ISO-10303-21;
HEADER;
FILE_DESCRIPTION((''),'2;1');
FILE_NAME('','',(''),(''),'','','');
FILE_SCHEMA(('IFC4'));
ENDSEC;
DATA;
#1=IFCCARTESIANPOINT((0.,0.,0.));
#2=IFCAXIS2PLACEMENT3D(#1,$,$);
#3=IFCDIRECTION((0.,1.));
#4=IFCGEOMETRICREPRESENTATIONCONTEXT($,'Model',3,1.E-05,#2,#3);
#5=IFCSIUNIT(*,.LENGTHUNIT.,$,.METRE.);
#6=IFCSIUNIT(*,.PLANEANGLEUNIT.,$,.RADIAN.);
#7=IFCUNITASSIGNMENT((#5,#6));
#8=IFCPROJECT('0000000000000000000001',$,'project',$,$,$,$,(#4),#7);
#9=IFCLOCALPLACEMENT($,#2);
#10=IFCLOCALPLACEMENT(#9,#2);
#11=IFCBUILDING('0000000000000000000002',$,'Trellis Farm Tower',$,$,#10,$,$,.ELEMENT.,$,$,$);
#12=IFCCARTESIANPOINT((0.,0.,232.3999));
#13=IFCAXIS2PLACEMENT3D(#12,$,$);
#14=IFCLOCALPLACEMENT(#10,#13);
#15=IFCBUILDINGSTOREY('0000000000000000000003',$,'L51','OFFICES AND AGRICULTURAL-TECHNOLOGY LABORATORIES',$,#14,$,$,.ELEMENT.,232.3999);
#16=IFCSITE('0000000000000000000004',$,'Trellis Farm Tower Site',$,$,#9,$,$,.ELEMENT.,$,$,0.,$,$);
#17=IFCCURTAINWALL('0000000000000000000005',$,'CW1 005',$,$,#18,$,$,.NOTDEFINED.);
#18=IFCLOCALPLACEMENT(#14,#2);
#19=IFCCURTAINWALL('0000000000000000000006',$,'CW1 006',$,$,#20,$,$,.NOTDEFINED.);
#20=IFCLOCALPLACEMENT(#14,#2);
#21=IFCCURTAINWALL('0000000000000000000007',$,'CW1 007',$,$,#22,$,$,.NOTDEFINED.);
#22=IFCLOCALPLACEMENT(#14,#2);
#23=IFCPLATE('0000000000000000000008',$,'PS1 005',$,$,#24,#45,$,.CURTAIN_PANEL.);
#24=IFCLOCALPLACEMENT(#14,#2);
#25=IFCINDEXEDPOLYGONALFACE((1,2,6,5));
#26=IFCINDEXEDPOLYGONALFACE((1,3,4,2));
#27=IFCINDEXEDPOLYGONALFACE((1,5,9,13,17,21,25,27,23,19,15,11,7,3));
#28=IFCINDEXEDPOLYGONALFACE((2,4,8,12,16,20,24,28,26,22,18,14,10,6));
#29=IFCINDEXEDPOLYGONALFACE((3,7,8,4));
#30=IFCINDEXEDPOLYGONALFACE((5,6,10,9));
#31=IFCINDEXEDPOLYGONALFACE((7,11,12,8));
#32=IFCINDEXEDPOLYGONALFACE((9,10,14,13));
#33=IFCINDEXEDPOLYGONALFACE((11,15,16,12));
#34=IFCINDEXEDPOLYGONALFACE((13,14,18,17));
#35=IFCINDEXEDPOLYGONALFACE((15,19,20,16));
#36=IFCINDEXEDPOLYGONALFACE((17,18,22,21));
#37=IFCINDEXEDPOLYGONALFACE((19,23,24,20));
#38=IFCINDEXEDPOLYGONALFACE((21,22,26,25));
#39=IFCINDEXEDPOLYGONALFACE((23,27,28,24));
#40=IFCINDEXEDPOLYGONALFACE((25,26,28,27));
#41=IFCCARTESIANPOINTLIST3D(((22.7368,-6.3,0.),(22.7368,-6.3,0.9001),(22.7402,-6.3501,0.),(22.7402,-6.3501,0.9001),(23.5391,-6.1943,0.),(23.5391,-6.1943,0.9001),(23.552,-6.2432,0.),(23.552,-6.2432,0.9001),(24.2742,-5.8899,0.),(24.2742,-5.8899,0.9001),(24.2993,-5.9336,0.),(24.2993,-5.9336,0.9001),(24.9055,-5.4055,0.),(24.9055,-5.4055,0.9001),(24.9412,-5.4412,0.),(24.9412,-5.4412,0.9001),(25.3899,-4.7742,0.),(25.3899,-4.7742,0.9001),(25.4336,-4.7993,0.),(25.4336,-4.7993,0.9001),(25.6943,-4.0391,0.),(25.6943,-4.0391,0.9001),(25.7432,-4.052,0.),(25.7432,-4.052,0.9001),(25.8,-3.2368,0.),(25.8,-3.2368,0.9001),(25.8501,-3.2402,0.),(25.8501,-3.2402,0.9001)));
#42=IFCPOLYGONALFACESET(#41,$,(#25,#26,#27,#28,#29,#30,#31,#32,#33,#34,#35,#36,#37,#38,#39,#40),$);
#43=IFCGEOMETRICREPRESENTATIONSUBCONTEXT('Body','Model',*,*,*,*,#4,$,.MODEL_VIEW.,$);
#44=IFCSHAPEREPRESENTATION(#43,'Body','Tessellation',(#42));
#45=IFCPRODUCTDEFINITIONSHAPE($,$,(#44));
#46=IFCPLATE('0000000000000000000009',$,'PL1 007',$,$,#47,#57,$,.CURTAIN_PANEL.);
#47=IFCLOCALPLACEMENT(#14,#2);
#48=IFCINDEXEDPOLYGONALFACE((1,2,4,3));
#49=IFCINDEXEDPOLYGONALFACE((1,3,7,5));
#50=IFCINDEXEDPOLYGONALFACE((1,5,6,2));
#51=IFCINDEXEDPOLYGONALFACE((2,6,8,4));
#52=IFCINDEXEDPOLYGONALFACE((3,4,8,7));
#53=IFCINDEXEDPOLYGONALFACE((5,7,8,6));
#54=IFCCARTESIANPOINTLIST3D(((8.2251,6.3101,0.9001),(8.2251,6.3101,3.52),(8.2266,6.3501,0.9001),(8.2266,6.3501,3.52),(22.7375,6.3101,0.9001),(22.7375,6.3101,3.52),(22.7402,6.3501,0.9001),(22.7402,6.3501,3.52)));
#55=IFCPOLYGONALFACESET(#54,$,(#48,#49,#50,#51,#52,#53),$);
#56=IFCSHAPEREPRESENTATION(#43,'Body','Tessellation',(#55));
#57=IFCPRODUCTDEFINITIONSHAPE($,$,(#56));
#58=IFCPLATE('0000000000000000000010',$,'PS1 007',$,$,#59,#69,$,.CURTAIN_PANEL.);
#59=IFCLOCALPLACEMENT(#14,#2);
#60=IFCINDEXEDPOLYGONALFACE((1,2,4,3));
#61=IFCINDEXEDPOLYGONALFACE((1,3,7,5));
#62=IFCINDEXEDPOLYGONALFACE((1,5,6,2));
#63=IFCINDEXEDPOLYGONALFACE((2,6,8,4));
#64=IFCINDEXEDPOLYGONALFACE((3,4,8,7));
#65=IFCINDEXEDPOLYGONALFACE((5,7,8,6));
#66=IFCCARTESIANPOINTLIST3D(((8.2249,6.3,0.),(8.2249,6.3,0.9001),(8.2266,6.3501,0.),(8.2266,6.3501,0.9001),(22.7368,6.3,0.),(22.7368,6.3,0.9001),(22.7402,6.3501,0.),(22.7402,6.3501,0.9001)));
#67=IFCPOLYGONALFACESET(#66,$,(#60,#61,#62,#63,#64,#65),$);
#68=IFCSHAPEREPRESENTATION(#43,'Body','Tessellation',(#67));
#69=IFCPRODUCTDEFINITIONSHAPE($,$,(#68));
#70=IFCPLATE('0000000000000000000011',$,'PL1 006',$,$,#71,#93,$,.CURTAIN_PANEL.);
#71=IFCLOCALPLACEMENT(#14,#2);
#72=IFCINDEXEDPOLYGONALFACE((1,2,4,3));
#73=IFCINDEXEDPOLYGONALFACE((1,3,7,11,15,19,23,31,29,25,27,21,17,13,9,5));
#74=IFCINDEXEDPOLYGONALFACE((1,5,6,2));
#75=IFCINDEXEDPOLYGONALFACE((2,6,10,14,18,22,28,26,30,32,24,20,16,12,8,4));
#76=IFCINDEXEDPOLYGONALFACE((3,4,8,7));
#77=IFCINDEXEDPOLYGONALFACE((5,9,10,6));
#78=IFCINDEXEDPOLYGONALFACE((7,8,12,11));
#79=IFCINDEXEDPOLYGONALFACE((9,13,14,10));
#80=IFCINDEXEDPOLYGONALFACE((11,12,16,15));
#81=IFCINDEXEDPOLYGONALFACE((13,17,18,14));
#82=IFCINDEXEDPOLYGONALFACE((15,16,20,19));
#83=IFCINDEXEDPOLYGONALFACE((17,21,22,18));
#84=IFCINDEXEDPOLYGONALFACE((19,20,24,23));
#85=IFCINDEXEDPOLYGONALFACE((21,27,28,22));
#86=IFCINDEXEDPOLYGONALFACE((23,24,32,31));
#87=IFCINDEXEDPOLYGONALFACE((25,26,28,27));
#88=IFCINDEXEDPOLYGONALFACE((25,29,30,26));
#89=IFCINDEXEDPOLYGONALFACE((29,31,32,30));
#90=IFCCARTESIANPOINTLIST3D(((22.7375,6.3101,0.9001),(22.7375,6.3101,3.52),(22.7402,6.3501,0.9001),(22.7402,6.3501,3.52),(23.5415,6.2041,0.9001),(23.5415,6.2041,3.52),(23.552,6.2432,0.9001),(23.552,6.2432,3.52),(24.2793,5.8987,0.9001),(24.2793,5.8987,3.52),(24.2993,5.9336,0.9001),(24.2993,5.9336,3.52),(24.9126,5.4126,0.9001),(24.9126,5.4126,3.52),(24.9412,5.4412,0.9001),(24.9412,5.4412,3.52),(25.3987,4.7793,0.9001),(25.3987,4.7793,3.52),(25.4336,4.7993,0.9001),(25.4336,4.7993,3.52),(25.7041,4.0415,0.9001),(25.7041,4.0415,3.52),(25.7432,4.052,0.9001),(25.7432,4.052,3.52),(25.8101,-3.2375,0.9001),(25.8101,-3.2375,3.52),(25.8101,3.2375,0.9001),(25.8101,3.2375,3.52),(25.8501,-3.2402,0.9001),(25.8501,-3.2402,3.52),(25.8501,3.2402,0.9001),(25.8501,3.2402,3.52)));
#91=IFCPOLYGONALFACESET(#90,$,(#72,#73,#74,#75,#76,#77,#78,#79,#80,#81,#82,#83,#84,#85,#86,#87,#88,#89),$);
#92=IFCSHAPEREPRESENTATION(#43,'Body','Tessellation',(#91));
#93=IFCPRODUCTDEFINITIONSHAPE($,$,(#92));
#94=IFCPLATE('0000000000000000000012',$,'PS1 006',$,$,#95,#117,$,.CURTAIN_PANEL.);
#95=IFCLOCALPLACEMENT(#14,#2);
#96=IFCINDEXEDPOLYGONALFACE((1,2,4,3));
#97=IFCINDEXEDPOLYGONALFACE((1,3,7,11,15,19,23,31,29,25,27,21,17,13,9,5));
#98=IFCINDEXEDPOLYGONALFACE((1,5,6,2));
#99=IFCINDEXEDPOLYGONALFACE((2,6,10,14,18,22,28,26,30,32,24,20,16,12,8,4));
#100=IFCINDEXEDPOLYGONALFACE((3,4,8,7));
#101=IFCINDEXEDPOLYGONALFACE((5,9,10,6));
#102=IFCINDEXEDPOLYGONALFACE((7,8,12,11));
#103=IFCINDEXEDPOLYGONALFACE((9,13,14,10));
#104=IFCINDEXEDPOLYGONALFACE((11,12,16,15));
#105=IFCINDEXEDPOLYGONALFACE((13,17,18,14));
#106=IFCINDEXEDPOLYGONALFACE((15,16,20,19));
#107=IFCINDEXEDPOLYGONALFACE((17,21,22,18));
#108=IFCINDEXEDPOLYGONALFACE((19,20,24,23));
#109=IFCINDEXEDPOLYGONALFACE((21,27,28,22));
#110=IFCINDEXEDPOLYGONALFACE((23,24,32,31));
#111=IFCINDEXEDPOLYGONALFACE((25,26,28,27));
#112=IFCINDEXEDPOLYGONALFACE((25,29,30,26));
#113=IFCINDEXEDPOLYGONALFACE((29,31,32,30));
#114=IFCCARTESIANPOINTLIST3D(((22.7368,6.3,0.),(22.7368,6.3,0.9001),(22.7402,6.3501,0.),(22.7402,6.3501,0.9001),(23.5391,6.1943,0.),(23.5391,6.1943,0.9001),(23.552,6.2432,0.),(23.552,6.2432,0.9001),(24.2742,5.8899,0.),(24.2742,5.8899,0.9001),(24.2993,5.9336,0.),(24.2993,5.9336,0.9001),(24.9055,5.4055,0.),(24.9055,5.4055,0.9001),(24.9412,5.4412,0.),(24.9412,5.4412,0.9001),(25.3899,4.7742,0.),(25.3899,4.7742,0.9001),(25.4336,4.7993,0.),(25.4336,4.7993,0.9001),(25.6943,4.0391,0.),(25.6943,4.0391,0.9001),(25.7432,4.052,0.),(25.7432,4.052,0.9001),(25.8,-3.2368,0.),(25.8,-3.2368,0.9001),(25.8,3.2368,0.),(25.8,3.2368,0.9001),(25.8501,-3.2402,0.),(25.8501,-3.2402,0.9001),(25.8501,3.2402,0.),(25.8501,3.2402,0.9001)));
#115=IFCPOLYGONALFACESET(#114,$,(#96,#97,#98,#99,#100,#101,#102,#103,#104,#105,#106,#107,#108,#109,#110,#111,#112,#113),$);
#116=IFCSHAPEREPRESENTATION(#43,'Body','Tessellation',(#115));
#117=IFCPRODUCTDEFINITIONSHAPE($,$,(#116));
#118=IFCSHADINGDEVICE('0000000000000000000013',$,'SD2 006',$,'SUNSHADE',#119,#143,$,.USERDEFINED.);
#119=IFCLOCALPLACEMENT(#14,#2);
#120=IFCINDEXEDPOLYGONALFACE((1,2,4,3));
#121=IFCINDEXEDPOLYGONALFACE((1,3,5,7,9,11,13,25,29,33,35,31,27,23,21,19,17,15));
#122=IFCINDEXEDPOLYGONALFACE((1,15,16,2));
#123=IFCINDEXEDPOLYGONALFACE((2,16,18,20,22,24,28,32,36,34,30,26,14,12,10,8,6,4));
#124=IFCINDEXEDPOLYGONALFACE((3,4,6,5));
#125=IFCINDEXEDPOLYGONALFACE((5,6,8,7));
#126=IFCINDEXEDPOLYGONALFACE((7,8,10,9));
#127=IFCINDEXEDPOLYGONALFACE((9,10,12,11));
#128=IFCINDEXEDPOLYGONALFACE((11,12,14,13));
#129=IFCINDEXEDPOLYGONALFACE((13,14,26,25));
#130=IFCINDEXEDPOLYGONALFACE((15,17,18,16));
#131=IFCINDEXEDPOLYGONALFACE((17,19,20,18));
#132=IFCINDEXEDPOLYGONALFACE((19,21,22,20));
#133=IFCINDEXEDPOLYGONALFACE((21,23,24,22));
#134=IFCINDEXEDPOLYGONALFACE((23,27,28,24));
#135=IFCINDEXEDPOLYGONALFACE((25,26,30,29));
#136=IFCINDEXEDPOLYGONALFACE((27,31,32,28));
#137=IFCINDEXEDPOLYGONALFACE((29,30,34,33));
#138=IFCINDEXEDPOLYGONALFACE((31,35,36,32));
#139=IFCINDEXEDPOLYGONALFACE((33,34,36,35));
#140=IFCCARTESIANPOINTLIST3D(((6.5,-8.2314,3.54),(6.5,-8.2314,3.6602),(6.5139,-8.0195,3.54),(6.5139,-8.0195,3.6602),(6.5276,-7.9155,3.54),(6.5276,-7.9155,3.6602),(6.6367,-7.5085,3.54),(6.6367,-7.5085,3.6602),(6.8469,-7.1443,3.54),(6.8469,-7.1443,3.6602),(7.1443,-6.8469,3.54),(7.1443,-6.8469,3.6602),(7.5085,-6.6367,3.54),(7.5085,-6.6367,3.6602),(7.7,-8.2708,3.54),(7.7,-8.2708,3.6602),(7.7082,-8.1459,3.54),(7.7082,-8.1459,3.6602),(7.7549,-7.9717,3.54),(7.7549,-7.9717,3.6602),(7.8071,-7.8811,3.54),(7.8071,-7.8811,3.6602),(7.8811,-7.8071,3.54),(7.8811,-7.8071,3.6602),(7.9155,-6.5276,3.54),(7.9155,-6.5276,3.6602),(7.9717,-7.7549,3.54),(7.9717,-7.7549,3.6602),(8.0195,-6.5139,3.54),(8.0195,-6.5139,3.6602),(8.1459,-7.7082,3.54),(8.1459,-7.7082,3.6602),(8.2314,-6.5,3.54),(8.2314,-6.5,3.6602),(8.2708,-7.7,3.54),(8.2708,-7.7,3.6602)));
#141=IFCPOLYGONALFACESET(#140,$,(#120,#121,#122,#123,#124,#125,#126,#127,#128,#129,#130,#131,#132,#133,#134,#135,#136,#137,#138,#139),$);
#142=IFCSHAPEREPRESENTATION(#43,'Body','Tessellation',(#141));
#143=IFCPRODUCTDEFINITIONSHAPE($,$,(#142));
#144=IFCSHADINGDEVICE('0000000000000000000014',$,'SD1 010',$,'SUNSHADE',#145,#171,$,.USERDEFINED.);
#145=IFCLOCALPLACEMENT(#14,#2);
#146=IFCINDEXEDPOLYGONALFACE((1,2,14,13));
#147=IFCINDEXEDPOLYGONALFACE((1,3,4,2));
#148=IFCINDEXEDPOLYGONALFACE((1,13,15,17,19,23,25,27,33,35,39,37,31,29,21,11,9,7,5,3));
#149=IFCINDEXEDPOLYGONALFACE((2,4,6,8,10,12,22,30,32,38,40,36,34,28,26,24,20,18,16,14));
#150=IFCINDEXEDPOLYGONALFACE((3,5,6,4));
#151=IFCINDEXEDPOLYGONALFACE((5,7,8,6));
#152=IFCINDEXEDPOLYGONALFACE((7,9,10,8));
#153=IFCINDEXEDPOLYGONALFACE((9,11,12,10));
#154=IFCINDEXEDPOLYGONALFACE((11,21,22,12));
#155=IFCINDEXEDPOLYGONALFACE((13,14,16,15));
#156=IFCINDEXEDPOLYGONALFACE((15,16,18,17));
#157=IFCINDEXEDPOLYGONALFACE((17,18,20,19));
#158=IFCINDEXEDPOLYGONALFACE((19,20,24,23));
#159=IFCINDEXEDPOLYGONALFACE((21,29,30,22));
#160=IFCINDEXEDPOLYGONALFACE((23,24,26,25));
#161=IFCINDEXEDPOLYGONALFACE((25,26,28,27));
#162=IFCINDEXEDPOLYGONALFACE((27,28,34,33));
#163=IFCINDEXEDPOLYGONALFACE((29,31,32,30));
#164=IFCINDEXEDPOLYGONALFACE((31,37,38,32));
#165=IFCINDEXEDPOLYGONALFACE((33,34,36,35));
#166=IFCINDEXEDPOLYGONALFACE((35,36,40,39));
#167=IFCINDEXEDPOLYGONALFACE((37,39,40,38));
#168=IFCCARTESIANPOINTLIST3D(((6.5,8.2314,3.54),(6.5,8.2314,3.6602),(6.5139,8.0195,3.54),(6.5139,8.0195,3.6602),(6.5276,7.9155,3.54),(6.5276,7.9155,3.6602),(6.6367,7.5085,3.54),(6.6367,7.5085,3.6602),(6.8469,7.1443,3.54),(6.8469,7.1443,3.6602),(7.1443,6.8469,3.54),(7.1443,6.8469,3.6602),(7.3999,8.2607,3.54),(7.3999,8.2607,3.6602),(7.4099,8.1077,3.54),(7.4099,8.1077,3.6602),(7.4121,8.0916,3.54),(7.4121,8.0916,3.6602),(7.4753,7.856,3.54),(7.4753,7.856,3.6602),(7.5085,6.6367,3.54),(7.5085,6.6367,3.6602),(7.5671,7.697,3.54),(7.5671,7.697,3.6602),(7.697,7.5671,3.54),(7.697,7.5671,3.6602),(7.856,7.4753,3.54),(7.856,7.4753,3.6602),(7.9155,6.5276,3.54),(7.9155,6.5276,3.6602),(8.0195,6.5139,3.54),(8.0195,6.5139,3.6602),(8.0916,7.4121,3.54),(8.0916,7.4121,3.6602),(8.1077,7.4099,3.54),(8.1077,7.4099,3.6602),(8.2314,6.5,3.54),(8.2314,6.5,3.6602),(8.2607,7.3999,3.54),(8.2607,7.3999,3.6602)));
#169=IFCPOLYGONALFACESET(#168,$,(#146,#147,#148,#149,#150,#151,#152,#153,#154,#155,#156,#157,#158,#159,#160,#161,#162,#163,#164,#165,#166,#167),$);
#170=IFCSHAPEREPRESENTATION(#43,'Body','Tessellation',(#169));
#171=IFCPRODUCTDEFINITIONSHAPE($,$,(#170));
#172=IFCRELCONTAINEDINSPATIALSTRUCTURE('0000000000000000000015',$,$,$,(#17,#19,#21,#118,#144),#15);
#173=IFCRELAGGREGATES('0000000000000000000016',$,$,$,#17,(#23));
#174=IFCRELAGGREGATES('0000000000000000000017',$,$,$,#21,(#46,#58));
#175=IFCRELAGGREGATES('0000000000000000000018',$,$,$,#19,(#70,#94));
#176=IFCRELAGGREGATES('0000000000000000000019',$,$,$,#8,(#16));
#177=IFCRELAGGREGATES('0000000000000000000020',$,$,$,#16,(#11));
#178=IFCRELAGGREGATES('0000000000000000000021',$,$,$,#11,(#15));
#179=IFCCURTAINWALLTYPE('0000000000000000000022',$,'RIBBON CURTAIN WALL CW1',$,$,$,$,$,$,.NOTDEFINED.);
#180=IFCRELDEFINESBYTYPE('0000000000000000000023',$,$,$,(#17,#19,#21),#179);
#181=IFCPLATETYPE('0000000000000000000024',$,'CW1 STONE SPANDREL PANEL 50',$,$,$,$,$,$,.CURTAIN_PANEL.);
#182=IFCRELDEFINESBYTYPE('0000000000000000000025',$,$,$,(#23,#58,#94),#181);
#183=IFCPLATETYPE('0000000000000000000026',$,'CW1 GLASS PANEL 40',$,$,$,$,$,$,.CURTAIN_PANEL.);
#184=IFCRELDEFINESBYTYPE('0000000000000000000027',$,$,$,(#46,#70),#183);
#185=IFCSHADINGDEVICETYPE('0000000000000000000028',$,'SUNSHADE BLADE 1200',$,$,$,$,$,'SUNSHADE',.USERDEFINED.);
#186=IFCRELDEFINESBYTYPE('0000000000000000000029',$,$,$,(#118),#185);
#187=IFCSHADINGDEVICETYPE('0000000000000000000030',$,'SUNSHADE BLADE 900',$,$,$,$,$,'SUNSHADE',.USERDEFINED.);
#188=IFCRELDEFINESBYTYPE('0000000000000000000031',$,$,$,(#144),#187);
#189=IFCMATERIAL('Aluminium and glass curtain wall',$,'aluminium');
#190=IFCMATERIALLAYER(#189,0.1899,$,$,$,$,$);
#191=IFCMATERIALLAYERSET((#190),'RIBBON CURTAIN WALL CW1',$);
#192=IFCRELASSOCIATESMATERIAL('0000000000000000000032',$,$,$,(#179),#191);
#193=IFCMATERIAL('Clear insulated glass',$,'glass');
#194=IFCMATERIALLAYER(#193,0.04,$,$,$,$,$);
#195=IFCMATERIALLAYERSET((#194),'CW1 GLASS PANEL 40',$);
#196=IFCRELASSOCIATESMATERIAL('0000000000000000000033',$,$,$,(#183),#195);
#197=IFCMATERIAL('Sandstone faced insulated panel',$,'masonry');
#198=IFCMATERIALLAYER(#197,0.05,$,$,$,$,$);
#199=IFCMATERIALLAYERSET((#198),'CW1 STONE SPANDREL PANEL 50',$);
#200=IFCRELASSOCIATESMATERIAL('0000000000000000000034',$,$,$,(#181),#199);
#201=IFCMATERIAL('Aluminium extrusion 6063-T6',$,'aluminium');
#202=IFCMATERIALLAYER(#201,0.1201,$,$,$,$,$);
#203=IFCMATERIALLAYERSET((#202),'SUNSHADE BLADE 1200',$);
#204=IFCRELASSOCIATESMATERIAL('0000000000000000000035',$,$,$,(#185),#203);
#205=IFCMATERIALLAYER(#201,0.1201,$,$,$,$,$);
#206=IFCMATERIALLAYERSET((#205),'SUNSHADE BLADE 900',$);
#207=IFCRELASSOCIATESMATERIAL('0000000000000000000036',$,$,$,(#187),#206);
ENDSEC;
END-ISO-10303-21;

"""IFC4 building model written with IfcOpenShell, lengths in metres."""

from ifc_helpers import new_model, si_unit, direction, frame, origin, place, context, subcontext, project, spatial, polyline, outline, extrude, source, transform, mapped, material, layer, layer_set, type_object, element, aggregate, save


model = new_model("IFC4")

# Units and contexts
model_context = context("Model", 3, precision=1e-05, world=origin(), true_north=direction((0.0, 1.0)))
body_context = subcontext(model_context, "Body", "Model", "MODEL_VIEW")
ifc_project = project(units=[si_unit("LENGTHUNIT", "METRE"), si_unit("PLANEANGLEUNIT", "RADIAN")], contexts=[model_context])

# Site, building, storey
site_placement = place(None, origin())
site = spatial("IfcSite", under=ifc_project, at=site_placement, Name="Trellis Farm Tower Site", CompositionType="ELEMENT", RefElevation=0.0)
building_placement = place(site_placement, origin())
building = spatial("IfcBuilding", under=site, at=building_placement, Name="Trellis Farm Tower", CompositionType="ELEMENT")
storey_placement = place(building_placement, frame((0.0, 0.0, 232.3999)))
storey = spatial("IfcBuildingStorey", under=building, at=storey_placement, Name="L51", Description="OFFICES AND AGRICULTURAL-TECHNOLOGY LABORATORIES", CompositionType="ELEMENT", Elevation=232.3999)

# Curtain walls
ifc_material_1 = material(Name="Aluminium and glass curtain wall", Category="aluminium")
placement_1 = place(storey_placement, origin())
ifc_material_2 = material(Name="Aluminium extrusion 6063-T6", Category="aluminium")
ifc_layer_1 = layer(ifc_material_1, 0.1899)
ifc_layer_set_1 = layer_set([ifc_layer_1], Name="RIBBON CURTAIN WALL CW1")
curtain_wall_type_1 = type_object("IfcCurtainWallType", Name="RIBBON CURTAIN WALL CW1", PredefinedType="NOTDEFINED", material=ifc_layer_set_1)
curtain_wall_1 = element("IfcCurtainWall", 1, at=placement_1, inside=storey, type_object=curtain_wall_type_1, Name="CW1 005", PredefinedType="NOTDEFINED")
curtain_wall_2 = element("IfcCurtainWall", 2, at=placement_1, inside=storey, type_object=curtain_wall_type_1, Name="CW1 006", PredefinedType="NOTDEFINED")
curtain_wall_3 = element("IfcCurtainWall", 3, at=placement_1, inside=storey, type_object=curtain_wall_type_1, Name="CW1 007", PredefinedType="NOTDEFINED")

# Shared definitions
ifc_material_3 = material(Name="Clear insulated glass", Category="glass")

# Shared definitions
ifc_layer_2 = layer(ifc_material_3, 0.04)
ifc_layer_set_2 = layer_set([ifc_layer_2], Name="CW1 GLASS PANEL 40")
plate_type_1 = type_object("IfcPlateType", Name="CW1 GLASS PANEL 40", PredefinedType="CURTAIN_PANEL", material=ifc_layer_set_2)
placement_2 = place(storey_placement, frame((0.0, 0.0, 0.9001)))

# Plates
ifc_material_4 = material(Name="Sandstone faced insulated panel", Category="masonry")
ifc_layer_3 = layer(ifc_material_4, 0.05)
ifc_layer_set_3 = layer_set([ifc_layer_3], Name="CW1 STONE SPANDREL PANEL 50")
plate_type_2 = type_object("IfcPlateType", Name="CW1 STONE SPANDREL PANEL 50", PredefinedType="CURTAIN_PANEL", material=ifc_layer_set_3)
shared_shape_1 = source(origin(), body_context, "Body", "SweptSolid", [
    extrude(outline(polyline([(22.7402, -6.3501), (23.552, -6.2432), (24.2993, -5.9336), (24.9412, -5.4412), (25.4336, -4.7993), (25.7432, -4.052), (25.8501, -3.2402), (25.8, -3.2368), (25.6943, -4.0391), (25.3899, -4.7742), (24.9055, -5.4055), (24.2742, -5.8899), (23.5391, -6.1943), (22.7368, -6.3), (22.7402, -6.3501)])), origin(), (0.0, 0.0, 1.0), 0.9001),
])
plate_1 = element("IfcPlate", 4, at=placement_1, type_object=plate_type_2, Name="PS1 005", PredefinedType="CURTAIN_PANEL", context=body_context, shape_type="MappedRepresentation", body=[
    mapped(shared_shape_1, transform((0.0, 0.0, 0.0))),
])
aggregate(curtain_wall_1, [plate_1])
shared_shape_2 = source(origin(), body_context, "Body", "SweptSolid", [
    extrude(outline(polyline([(22.7402, 6.3501), (8.2266, 6.3501), (8.2251, 6.3101), (22.7375, 6.3101), (22.7402, 6.3501)])), origin(), (0.0, 0.0, 1.0), 2.6199),
])
plate_2 = element("IfcPlate", 5, at=placement_2, type_object=plate_type_1, Name="PL1 007", PredefinedType="CURTAIN_PANEL", context=body_context, shape_type="MappedRepresentation", body=[
    mapped(shared_shape_2, transform((0.0, 0.0, 0.0))),
])
shared_shape_3 = source(origin(), body_context, "Body", "SweptSolid", [
    extrude(outline(polyline([(22.7402, 6.3501), (8.2266, 6.3501), (8.2249, 6.3), (22.7368, 6.3), (22.7402, 6.3501)])), origin(), (0.0, 0.0, 1.0), 0.9001),
])
plate_3 = element("IfcPlate", 6, at=placement_1, type_object=plate_type_2, Name="PS1 007", PredefinedType="CURTAIN_PANEL", context=body_context, shape_type="MappedRepresentation", body=[
    mapped(shared_shape_3, transform((0.0, 0.0, 0.0))),
])
aggregate(curtain_wall_3, [plate_2, plate_3])
shared_shape_4 = source(origin(), body_context, "Body", "SweptSolid", [
    extrude(outline(polyline([(25.8501, -3.2402), (25.8501, 3.2402), (25.7432, 4.052), (25.4336, 4.7993), (24.9412, 5.4412), (24.2993, 5.9336), (23.552, 6.2432), (22.7402, 6.3501), (22.7375, 6.3101), (23.5415, 6.2041), (24.2793, 5.8987), (24.9126, 5.4126), (25.3987, 4.7793), (25.7041, 4.0415), (25.8101, 3.2375), (25.8101, -3.2375), (25.8501, -3.2402)])), origin(), (0.0, 0.0, 1.0), 2.6199),
])
plate_4 = element("IfcPlate", 7, at=placement_2, type_object=plate_type_1, Name="PL1 006", PredefinedType="CURTAIN_PANEL", context=body_context, shape_type="MappedRepresentation", body=[
    mapped(shared_shape_4, transform((0.0, 0.0, 0.0))),
])
shared_shape_5 = source(origin(), body_context, "Body", "SweptSolid", [
    extrude(outline(polyline([(25.8501, -3.2402), (25.8501, 3.2402), (25.7432, 4.052), (25.4336, 4.7993), (24.9412, 5.4412), (24.2993, 5.9336), (23.552, 6.2432), (22.7402, 6.3501), (22.7368, 6.3), (23.5391, 6.1943), (24.2742, 5.8899), (24.9055, 5.4055), (25.3899, 4.7742), (25.6943, 4.0391), (25.8, 3.2368), (25.8, -3.2368), (25.8501, -3.2402)])), origin(), (0.0, 0.0, 1.0), 0.9001),
])
plate_5 = element("IfcPlate", 8, at=placement_1, type_object=plate_type_2, Name="PS1 006", PredefinedType="CURTAIN_PANEL", context=body_context, shape_type="MappedRepresentation", body=[
    mapped(shared_shape_5, transform((0.0, 0.0, 0.0))),
])
aggregate(curtain_wall_2, [plate_4, plate_5])

# Shading devices
ifc_layer_4 = layer(ifc_material_2, 0.1201)
ifc_layer_set_4 = layer_set([ifc_layer_4], Name="SUNSHADE BLADE 1200")
shading_device_type_1 = type_object("IfcShadingDeviceType", Name="SUNSHADE BLADE 1200", ElementType="SUNSHADE", PredefinedType="USERDEFINED", material=ifc_layer_set_4)
shared_shape_6 = source(origin(), body_context, "Body", "SweptSolid", [
    extrude(outline(polyline([(7.7, -8.2708), (7.7087, -8.1372), (7.707, -8.1501), (7.7549, -7.9717), (7.8071, -7.8811), (7.8811, -7.8071), (7.9717, -7.7549), (8.1501, -7.707), (8.1372, -7.7087), (8.2708, -7.7), (8.2314, -6.5), (8.0195, -6.5139), (7.9155, -6.5276), (7.5085, -6.6367), (7.1443, -6.8469), (6.8469, -7.1443), (6.6367, -7.5085), (6.5276, -7.9155), (6.5139, -8.0195), (6.5, -8.2314), (7.7, -8.2708)])), origin(), (0.0, 0.0, 1.0), 0.1201),
])
placement_3 = place(storey_placement, frame((0.0, 0.0, 3.54)))
element("IfcShadingDevice", 9, at=placement_3, inside=storey, type_object=shading_device_type_1, Name="SD2 006", ObjectType="SUNSHADE", PredefinedType="USERDEFINED", context=body_context, shape_type="MappedRepresentation", body=[
    mapped(shared_shape_6, transform((0.0, 0.0, 0.0))),
])
ifc_layer_5 = layer(ifc_material_2, 0.1201)
ifc_layer_set_5 = layer_set([ifc_layer_5], Name="SUNSHADE BLADE 900")
shading_device_type_2 = type_object("IfcShadingDeviceType", Name="SUNSHADE BLADE 900", ElementType="SUNSHADE", PredefinedType="USERDEFINED", material=ifc_layer_set_5)
shared_shape_7 = source(origin(), body_context, "Body", "SweptSolid", [
    extrude(outline(polyline([(8.2607, 7.3999), (8.1077, 7.4099), (8.0916, 7.4121), (7.856, 7.4753), (7.697, 7.5671), (7.5671, 7.697), (7.4753, 7.856), (7.4121, 8.0916), (7.4099, 8.1077), (7.3999, 8.2607), (6.5, 8.2314), (6.5139, 8.0195), (6.5276, 7.9155), (6.6367, 7.5085), (6.8469, 7.1443), (7.1443, 6.8469), (7.5085, 6.6367), (7.9155, 6.5276), (8.0195, 6.5139), (8.2314, 6.5), (8.2607, 7.3999)])), origin(), (0.0, 0.0, 1.0), 0.1201),
])
element("IfcShadingDevice", 10, at=placement_3, inside=storey, type_object=shading_device_type_2, Name="SD1 010", ObjectType="SUNSHADE", PredefinedType="USERDEFINED", context=body_context, shape_type="MappedRepresentation", body=[
    mapped(shared_shape_7, transform((0.0, 0.0, 0.0))),
])

save(model, "model.ifc")
